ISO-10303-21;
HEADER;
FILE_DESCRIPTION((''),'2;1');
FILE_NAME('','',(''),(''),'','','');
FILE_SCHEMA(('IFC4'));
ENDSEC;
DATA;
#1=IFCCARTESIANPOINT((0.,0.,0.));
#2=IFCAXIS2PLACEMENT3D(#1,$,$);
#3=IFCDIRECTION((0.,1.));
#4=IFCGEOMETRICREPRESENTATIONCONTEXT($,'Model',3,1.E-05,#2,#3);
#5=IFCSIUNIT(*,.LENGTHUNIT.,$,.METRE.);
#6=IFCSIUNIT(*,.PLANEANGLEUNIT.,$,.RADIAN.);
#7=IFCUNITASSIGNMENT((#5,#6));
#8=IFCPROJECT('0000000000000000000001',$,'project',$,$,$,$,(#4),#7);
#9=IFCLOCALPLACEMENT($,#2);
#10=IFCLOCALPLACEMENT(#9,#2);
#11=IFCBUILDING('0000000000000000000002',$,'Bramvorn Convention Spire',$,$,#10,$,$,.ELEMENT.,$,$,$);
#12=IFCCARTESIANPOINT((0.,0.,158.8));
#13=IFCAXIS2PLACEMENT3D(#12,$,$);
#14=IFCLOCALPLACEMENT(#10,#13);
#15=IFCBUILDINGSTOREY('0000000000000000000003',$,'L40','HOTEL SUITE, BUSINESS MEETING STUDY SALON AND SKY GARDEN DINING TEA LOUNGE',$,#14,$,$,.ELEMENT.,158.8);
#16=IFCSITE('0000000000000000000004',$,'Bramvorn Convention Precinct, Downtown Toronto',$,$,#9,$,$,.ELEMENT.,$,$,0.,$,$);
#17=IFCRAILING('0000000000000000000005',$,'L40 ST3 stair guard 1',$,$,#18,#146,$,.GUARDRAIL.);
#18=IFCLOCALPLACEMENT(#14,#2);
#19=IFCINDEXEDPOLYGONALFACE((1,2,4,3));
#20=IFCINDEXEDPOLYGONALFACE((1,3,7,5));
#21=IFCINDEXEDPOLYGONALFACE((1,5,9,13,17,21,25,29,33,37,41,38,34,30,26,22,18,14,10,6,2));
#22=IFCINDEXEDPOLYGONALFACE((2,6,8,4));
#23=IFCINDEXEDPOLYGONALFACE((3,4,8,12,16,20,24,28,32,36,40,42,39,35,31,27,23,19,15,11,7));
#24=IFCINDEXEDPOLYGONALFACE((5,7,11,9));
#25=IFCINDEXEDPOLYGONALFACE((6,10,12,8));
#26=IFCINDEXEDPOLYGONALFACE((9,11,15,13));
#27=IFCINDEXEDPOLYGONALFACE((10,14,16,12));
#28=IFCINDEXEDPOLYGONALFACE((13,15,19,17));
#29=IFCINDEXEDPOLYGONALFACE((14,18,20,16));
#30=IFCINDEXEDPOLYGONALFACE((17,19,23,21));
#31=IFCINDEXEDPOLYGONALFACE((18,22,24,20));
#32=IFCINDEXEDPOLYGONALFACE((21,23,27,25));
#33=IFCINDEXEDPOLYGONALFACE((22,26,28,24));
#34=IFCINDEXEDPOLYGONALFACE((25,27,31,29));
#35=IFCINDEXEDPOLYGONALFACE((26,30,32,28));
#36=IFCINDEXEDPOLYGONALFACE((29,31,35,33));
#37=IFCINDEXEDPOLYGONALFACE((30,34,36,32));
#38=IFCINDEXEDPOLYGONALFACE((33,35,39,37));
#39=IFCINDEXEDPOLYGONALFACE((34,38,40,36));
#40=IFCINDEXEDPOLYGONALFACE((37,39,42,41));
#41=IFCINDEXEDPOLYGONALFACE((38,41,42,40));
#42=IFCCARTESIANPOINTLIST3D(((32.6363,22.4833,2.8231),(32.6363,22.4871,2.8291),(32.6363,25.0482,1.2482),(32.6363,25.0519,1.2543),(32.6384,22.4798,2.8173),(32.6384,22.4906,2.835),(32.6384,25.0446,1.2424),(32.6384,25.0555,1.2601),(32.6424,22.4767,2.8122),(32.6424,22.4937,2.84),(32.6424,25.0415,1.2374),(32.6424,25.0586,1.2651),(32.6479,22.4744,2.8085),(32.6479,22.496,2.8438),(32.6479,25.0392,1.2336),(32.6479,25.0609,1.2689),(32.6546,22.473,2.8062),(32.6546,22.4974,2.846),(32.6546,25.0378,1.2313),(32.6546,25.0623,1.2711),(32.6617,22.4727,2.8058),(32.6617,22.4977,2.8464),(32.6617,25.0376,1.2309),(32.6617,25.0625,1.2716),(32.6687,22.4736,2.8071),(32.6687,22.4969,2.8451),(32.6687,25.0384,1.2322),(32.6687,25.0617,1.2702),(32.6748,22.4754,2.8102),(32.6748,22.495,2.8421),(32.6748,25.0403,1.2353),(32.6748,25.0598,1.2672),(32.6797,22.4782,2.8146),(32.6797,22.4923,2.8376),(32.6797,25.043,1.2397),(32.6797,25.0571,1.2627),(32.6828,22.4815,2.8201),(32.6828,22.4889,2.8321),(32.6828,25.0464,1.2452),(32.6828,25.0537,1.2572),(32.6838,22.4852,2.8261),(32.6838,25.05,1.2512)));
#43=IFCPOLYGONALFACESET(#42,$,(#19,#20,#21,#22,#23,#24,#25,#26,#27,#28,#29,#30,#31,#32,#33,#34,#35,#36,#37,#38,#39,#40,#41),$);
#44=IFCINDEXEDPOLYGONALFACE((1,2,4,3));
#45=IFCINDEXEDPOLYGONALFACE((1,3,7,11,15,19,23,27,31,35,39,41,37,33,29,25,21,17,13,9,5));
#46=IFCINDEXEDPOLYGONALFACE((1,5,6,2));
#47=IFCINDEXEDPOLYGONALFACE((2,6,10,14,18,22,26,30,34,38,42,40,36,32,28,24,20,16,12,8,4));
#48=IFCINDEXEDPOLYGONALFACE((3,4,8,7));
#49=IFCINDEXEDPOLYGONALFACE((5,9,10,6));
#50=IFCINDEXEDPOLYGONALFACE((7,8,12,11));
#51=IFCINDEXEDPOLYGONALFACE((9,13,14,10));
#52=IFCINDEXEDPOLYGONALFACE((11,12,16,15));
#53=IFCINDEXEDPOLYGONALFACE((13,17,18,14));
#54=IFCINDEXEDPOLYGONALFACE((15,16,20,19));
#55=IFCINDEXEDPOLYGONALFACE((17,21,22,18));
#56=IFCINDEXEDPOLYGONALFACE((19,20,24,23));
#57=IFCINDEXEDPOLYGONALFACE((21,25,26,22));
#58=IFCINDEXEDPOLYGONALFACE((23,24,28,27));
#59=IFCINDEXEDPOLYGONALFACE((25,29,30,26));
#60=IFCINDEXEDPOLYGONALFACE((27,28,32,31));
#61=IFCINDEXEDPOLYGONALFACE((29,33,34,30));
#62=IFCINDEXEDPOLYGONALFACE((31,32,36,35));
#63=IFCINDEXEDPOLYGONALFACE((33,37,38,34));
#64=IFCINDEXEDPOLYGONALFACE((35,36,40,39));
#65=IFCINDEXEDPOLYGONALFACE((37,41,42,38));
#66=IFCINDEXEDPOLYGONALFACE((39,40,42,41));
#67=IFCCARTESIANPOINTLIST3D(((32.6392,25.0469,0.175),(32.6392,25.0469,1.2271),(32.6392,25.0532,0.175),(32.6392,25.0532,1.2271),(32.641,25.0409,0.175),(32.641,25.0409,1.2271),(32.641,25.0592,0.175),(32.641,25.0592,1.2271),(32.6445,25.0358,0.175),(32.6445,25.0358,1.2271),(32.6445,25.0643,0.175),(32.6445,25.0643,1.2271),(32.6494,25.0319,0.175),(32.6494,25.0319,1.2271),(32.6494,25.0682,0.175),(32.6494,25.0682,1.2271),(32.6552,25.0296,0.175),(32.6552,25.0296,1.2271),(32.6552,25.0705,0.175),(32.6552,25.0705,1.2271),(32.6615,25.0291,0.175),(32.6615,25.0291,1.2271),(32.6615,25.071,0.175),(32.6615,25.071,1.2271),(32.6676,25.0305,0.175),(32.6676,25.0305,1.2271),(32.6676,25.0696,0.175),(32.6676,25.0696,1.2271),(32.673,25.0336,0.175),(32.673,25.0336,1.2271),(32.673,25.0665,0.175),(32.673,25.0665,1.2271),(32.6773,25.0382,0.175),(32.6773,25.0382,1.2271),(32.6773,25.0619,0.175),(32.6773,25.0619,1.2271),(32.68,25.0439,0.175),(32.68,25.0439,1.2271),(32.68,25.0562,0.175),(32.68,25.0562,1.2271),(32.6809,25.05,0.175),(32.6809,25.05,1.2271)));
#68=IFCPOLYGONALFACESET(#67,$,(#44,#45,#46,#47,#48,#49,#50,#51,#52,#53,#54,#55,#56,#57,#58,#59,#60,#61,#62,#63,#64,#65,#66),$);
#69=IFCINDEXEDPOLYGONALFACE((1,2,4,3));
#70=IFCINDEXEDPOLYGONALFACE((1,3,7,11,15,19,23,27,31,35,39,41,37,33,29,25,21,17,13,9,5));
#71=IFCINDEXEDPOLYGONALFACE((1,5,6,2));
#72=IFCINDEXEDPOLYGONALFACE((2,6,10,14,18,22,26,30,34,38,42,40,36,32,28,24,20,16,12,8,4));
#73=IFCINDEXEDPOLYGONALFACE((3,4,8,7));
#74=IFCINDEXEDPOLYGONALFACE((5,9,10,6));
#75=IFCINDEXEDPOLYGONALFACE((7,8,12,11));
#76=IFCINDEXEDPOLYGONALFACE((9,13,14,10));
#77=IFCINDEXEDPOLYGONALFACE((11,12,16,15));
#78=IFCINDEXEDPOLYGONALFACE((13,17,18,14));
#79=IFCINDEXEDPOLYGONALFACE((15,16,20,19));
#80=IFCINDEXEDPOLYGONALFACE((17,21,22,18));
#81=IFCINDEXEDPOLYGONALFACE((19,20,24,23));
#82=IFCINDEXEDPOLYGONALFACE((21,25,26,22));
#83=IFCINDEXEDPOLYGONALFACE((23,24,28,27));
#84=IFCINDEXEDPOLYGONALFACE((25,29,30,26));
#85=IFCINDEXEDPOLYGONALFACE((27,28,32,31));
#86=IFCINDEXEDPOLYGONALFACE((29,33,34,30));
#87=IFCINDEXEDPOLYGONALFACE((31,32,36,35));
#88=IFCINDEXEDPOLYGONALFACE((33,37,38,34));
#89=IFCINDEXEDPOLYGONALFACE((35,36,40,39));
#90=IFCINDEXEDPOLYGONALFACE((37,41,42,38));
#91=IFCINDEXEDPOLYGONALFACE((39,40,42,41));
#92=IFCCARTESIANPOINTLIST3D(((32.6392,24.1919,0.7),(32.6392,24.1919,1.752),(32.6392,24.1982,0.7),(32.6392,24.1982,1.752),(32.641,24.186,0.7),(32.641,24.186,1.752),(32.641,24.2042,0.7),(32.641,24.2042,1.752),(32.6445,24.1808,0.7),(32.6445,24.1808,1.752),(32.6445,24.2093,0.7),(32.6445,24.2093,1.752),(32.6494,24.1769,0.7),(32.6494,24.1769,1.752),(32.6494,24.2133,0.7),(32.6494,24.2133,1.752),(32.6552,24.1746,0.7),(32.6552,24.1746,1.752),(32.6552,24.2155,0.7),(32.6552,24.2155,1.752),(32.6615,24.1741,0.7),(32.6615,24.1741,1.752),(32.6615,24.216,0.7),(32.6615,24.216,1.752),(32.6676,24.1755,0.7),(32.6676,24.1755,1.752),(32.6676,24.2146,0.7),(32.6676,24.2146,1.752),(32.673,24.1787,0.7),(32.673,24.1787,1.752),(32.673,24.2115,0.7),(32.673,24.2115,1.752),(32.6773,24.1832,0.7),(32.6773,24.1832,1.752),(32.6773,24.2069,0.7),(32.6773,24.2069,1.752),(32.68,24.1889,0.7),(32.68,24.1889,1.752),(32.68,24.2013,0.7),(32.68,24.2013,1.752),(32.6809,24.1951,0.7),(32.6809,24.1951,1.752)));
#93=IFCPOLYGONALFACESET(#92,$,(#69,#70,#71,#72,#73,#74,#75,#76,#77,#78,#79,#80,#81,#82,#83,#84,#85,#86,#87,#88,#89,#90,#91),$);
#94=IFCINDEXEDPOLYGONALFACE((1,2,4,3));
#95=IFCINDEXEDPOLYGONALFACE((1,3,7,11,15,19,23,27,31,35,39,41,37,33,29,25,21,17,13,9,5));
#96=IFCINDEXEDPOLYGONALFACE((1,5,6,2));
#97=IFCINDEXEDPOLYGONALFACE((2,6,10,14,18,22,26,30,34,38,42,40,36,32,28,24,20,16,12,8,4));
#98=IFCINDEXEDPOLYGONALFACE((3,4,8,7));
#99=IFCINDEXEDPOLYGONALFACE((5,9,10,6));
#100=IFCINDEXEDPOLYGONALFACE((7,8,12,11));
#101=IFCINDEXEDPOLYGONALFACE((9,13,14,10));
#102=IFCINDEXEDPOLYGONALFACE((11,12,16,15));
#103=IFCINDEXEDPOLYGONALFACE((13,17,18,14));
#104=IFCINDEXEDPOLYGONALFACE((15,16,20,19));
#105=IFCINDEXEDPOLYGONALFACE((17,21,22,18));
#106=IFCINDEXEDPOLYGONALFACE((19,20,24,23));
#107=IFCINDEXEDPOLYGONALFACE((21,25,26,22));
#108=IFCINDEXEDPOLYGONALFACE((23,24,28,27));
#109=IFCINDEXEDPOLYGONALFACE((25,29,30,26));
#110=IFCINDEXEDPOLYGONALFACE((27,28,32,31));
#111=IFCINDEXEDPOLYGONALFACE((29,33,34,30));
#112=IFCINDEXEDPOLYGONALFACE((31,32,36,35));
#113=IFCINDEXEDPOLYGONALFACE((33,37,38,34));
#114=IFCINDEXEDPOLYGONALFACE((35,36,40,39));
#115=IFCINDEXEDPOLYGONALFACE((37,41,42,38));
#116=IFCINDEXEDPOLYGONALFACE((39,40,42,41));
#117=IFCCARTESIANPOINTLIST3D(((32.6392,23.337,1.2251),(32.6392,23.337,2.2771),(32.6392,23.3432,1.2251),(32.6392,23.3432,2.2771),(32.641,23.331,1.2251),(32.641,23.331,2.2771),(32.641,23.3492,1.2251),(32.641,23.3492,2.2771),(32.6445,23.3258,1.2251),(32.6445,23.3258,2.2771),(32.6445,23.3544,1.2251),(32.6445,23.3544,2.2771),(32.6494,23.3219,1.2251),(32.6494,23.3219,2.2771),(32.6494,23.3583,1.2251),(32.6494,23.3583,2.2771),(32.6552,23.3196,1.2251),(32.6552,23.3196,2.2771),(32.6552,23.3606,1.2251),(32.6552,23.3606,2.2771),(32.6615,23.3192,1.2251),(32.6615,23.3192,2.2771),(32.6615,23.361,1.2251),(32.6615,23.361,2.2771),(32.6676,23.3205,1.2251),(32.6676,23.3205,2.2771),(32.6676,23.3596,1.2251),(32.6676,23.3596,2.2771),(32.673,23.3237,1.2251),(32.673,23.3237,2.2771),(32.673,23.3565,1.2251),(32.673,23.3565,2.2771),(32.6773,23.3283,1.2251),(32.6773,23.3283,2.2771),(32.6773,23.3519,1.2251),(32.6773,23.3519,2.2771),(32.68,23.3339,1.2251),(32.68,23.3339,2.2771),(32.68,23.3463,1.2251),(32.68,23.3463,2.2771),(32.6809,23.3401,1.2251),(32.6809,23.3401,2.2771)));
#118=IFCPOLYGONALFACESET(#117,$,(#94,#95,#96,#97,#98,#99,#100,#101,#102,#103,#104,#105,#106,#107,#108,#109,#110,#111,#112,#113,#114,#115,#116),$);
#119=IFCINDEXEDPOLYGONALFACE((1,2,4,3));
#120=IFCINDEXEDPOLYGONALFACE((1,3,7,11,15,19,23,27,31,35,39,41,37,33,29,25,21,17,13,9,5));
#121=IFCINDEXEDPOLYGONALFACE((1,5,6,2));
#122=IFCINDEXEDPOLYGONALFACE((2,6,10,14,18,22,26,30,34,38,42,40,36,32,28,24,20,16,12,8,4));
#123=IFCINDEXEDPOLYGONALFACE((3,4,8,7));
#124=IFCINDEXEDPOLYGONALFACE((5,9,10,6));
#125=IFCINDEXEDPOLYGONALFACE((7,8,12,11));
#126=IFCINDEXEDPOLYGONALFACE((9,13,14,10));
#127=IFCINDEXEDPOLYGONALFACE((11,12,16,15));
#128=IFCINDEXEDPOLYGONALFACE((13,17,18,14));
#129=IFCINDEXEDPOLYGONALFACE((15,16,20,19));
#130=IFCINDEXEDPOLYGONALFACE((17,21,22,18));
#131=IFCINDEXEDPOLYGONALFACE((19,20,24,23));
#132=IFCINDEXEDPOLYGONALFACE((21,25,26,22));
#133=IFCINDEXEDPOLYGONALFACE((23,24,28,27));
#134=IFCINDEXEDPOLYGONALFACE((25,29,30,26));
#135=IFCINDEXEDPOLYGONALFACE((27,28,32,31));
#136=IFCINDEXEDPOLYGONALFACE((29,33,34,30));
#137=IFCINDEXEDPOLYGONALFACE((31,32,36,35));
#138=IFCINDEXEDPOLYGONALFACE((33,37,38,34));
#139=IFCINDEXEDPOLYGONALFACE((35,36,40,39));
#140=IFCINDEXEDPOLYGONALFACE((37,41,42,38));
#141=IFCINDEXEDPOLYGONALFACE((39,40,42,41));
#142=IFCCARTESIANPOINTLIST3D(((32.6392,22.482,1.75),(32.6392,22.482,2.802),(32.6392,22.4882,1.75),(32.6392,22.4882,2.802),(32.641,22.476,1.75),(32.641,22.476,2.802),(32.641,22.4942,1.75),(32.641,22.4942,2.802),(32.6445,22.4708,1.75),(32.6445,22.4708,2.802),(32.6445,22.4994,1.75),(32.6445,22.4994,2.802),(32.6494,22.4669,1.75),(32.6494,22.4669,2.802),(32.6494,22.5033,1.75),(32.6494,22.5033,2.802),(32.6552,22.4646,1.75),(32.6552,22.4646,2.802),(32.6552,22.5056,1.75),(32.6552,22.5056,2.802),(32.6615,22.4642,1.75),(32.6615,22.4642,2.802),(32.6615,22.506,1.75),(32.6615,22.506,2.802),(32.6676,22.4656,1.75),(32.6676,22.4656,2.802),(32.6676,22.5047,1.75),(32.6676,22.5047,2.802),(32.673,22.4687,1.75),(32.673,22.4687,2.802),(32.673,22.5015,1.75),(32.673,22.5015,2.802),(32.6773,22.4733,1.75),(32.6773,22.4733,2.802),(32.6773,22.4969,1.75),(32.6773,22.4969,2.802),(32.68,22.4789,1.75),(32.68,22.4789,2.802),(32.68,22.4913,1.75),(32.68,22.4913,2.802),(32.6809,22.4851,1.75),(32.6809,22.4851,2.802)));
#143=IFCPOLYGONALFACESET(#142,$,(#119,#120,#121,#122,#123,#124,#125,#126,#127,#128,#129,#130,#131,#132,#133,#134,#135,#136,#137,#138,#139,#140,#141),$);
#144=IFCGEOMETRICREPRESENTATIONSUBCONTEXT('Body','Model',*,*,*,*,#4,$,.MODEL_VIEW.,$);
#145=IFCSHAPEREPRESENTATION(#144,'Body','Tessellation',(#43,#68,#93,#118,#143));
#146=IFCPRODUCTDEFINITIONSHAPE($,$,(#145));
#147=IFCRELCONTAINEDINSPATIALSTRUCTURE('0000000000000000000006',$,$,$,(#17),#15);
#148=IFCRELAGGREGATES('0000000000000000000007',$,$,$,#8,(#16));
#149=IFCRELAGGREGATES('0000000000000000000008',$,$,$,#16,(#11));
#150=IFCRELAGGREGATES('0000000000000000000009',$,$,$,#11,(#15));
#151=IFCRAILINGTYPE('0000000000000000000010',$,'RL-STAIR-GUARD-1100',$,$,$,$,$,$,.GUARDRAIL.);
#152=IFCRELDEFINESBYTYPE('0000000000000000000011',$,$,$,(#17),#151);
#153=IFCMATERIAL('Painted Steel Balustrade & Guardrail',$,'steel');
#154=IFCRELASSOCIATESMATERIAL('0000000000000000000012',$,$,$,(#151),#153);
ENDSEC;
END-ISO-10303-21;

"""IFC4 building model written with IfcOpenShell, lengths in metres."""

from ifc_helpers import new_model, si_unit, direction, frame, origin, origin_2d, place, context, subcontext, project, spatial, circle, extrude, material, type_object, element, save


model = new_model("IFC4")

# Units and contexts
model_context = context("Model", 3, precision=1e-05, world=origin(), true_north=direction((0.0, 1.0)))
body_context = subcontext(model_context, "Body", "Model", "MODEL_VIEW")
ifc_project = project(units=[si_unit("LENGTHUNIT", "METRE"), si_unit("PLANEANGLEUNIT", "RADIAN")], contexts=[model_context])

# Site, building, storey
site_placement = place(None, origin())
site = spatial("IfcSite", under=ifc_project, at=site_placement, Name="Bramvorn Convention Precinct, Downtown Toronto", CompositionType="ELEMENT", RefElevation=0.0)
building_placement = place(site_placement, origin())
building = spatial("IfcBuilding", under=site, at=building_placement, Name="Bramvorn Convention Spire", CompositionType="ELEMENT")
storey_placement = place(building_placement, frame((0.0, 0.0, 158.8)))
storey = spatial("IfcBuildingStorey", under=building, at=storey_placement, Name="L40", Description="HOTEL SUITE, BUSINESS MEETING STUDY SALON AND SKY GARDEN DINING TEA LOUNGE", CompositionType="ELEMENT", Elevation=158.8)

# Railing
ifc_material_1 = material(Name="Painted Steel Balustrade & Guardrail", Category="steel")
railing_type_1 = type_object("IfcRailingType", Name="RL-STAIR-GUARD-1100", PredefinedType="GUARDRAIL", material=ifc_material_1)
railing_1_placement = place(storey_placement, frame((32.6599, 25.05, 0.175)))
element("IfcRailing", 1, at=railing_1_placement, inside=storey, type_object=railing_type_1, Name="L40 ST3 stair guard 1", PredefinedType="GUARDRAIL", context=body_context, shape_type="SweptSolid", body=[
    extrude(circle(Radius=0.0239, at=origin_2d()), frame((0.0, 0.0, 1.0762), z_axis=(0.0, -0.852173, 0.52326), x_axis=(1.0, 0.0, 0.0)), (0.0, 0.0, 1.0), 3.0098),
    extrude(circle(Radius=0.021, at=origin_2d()), origin(), (0.0, 0.0, 1.0), 1.052),
    extrude(circle(Radius=0.021, at=origin_2d()), frame((0.0, -0.855, 0.5249)), (0.0, 0.0, 1.0), 1.052),
    extrude(circle(Radius=0.021, at=origin_2d()), frame((0.0, -1.71, 1.05)), (0.0, 0.0, 1.0), 1.052),
    extrude(circle(Radius=0.021, at=origin_2d()), frame((0.0, -2.5649, 1.575)), (0.0, 0.0, 1.0), 1.052),
])

save(model, "model.ifc")
